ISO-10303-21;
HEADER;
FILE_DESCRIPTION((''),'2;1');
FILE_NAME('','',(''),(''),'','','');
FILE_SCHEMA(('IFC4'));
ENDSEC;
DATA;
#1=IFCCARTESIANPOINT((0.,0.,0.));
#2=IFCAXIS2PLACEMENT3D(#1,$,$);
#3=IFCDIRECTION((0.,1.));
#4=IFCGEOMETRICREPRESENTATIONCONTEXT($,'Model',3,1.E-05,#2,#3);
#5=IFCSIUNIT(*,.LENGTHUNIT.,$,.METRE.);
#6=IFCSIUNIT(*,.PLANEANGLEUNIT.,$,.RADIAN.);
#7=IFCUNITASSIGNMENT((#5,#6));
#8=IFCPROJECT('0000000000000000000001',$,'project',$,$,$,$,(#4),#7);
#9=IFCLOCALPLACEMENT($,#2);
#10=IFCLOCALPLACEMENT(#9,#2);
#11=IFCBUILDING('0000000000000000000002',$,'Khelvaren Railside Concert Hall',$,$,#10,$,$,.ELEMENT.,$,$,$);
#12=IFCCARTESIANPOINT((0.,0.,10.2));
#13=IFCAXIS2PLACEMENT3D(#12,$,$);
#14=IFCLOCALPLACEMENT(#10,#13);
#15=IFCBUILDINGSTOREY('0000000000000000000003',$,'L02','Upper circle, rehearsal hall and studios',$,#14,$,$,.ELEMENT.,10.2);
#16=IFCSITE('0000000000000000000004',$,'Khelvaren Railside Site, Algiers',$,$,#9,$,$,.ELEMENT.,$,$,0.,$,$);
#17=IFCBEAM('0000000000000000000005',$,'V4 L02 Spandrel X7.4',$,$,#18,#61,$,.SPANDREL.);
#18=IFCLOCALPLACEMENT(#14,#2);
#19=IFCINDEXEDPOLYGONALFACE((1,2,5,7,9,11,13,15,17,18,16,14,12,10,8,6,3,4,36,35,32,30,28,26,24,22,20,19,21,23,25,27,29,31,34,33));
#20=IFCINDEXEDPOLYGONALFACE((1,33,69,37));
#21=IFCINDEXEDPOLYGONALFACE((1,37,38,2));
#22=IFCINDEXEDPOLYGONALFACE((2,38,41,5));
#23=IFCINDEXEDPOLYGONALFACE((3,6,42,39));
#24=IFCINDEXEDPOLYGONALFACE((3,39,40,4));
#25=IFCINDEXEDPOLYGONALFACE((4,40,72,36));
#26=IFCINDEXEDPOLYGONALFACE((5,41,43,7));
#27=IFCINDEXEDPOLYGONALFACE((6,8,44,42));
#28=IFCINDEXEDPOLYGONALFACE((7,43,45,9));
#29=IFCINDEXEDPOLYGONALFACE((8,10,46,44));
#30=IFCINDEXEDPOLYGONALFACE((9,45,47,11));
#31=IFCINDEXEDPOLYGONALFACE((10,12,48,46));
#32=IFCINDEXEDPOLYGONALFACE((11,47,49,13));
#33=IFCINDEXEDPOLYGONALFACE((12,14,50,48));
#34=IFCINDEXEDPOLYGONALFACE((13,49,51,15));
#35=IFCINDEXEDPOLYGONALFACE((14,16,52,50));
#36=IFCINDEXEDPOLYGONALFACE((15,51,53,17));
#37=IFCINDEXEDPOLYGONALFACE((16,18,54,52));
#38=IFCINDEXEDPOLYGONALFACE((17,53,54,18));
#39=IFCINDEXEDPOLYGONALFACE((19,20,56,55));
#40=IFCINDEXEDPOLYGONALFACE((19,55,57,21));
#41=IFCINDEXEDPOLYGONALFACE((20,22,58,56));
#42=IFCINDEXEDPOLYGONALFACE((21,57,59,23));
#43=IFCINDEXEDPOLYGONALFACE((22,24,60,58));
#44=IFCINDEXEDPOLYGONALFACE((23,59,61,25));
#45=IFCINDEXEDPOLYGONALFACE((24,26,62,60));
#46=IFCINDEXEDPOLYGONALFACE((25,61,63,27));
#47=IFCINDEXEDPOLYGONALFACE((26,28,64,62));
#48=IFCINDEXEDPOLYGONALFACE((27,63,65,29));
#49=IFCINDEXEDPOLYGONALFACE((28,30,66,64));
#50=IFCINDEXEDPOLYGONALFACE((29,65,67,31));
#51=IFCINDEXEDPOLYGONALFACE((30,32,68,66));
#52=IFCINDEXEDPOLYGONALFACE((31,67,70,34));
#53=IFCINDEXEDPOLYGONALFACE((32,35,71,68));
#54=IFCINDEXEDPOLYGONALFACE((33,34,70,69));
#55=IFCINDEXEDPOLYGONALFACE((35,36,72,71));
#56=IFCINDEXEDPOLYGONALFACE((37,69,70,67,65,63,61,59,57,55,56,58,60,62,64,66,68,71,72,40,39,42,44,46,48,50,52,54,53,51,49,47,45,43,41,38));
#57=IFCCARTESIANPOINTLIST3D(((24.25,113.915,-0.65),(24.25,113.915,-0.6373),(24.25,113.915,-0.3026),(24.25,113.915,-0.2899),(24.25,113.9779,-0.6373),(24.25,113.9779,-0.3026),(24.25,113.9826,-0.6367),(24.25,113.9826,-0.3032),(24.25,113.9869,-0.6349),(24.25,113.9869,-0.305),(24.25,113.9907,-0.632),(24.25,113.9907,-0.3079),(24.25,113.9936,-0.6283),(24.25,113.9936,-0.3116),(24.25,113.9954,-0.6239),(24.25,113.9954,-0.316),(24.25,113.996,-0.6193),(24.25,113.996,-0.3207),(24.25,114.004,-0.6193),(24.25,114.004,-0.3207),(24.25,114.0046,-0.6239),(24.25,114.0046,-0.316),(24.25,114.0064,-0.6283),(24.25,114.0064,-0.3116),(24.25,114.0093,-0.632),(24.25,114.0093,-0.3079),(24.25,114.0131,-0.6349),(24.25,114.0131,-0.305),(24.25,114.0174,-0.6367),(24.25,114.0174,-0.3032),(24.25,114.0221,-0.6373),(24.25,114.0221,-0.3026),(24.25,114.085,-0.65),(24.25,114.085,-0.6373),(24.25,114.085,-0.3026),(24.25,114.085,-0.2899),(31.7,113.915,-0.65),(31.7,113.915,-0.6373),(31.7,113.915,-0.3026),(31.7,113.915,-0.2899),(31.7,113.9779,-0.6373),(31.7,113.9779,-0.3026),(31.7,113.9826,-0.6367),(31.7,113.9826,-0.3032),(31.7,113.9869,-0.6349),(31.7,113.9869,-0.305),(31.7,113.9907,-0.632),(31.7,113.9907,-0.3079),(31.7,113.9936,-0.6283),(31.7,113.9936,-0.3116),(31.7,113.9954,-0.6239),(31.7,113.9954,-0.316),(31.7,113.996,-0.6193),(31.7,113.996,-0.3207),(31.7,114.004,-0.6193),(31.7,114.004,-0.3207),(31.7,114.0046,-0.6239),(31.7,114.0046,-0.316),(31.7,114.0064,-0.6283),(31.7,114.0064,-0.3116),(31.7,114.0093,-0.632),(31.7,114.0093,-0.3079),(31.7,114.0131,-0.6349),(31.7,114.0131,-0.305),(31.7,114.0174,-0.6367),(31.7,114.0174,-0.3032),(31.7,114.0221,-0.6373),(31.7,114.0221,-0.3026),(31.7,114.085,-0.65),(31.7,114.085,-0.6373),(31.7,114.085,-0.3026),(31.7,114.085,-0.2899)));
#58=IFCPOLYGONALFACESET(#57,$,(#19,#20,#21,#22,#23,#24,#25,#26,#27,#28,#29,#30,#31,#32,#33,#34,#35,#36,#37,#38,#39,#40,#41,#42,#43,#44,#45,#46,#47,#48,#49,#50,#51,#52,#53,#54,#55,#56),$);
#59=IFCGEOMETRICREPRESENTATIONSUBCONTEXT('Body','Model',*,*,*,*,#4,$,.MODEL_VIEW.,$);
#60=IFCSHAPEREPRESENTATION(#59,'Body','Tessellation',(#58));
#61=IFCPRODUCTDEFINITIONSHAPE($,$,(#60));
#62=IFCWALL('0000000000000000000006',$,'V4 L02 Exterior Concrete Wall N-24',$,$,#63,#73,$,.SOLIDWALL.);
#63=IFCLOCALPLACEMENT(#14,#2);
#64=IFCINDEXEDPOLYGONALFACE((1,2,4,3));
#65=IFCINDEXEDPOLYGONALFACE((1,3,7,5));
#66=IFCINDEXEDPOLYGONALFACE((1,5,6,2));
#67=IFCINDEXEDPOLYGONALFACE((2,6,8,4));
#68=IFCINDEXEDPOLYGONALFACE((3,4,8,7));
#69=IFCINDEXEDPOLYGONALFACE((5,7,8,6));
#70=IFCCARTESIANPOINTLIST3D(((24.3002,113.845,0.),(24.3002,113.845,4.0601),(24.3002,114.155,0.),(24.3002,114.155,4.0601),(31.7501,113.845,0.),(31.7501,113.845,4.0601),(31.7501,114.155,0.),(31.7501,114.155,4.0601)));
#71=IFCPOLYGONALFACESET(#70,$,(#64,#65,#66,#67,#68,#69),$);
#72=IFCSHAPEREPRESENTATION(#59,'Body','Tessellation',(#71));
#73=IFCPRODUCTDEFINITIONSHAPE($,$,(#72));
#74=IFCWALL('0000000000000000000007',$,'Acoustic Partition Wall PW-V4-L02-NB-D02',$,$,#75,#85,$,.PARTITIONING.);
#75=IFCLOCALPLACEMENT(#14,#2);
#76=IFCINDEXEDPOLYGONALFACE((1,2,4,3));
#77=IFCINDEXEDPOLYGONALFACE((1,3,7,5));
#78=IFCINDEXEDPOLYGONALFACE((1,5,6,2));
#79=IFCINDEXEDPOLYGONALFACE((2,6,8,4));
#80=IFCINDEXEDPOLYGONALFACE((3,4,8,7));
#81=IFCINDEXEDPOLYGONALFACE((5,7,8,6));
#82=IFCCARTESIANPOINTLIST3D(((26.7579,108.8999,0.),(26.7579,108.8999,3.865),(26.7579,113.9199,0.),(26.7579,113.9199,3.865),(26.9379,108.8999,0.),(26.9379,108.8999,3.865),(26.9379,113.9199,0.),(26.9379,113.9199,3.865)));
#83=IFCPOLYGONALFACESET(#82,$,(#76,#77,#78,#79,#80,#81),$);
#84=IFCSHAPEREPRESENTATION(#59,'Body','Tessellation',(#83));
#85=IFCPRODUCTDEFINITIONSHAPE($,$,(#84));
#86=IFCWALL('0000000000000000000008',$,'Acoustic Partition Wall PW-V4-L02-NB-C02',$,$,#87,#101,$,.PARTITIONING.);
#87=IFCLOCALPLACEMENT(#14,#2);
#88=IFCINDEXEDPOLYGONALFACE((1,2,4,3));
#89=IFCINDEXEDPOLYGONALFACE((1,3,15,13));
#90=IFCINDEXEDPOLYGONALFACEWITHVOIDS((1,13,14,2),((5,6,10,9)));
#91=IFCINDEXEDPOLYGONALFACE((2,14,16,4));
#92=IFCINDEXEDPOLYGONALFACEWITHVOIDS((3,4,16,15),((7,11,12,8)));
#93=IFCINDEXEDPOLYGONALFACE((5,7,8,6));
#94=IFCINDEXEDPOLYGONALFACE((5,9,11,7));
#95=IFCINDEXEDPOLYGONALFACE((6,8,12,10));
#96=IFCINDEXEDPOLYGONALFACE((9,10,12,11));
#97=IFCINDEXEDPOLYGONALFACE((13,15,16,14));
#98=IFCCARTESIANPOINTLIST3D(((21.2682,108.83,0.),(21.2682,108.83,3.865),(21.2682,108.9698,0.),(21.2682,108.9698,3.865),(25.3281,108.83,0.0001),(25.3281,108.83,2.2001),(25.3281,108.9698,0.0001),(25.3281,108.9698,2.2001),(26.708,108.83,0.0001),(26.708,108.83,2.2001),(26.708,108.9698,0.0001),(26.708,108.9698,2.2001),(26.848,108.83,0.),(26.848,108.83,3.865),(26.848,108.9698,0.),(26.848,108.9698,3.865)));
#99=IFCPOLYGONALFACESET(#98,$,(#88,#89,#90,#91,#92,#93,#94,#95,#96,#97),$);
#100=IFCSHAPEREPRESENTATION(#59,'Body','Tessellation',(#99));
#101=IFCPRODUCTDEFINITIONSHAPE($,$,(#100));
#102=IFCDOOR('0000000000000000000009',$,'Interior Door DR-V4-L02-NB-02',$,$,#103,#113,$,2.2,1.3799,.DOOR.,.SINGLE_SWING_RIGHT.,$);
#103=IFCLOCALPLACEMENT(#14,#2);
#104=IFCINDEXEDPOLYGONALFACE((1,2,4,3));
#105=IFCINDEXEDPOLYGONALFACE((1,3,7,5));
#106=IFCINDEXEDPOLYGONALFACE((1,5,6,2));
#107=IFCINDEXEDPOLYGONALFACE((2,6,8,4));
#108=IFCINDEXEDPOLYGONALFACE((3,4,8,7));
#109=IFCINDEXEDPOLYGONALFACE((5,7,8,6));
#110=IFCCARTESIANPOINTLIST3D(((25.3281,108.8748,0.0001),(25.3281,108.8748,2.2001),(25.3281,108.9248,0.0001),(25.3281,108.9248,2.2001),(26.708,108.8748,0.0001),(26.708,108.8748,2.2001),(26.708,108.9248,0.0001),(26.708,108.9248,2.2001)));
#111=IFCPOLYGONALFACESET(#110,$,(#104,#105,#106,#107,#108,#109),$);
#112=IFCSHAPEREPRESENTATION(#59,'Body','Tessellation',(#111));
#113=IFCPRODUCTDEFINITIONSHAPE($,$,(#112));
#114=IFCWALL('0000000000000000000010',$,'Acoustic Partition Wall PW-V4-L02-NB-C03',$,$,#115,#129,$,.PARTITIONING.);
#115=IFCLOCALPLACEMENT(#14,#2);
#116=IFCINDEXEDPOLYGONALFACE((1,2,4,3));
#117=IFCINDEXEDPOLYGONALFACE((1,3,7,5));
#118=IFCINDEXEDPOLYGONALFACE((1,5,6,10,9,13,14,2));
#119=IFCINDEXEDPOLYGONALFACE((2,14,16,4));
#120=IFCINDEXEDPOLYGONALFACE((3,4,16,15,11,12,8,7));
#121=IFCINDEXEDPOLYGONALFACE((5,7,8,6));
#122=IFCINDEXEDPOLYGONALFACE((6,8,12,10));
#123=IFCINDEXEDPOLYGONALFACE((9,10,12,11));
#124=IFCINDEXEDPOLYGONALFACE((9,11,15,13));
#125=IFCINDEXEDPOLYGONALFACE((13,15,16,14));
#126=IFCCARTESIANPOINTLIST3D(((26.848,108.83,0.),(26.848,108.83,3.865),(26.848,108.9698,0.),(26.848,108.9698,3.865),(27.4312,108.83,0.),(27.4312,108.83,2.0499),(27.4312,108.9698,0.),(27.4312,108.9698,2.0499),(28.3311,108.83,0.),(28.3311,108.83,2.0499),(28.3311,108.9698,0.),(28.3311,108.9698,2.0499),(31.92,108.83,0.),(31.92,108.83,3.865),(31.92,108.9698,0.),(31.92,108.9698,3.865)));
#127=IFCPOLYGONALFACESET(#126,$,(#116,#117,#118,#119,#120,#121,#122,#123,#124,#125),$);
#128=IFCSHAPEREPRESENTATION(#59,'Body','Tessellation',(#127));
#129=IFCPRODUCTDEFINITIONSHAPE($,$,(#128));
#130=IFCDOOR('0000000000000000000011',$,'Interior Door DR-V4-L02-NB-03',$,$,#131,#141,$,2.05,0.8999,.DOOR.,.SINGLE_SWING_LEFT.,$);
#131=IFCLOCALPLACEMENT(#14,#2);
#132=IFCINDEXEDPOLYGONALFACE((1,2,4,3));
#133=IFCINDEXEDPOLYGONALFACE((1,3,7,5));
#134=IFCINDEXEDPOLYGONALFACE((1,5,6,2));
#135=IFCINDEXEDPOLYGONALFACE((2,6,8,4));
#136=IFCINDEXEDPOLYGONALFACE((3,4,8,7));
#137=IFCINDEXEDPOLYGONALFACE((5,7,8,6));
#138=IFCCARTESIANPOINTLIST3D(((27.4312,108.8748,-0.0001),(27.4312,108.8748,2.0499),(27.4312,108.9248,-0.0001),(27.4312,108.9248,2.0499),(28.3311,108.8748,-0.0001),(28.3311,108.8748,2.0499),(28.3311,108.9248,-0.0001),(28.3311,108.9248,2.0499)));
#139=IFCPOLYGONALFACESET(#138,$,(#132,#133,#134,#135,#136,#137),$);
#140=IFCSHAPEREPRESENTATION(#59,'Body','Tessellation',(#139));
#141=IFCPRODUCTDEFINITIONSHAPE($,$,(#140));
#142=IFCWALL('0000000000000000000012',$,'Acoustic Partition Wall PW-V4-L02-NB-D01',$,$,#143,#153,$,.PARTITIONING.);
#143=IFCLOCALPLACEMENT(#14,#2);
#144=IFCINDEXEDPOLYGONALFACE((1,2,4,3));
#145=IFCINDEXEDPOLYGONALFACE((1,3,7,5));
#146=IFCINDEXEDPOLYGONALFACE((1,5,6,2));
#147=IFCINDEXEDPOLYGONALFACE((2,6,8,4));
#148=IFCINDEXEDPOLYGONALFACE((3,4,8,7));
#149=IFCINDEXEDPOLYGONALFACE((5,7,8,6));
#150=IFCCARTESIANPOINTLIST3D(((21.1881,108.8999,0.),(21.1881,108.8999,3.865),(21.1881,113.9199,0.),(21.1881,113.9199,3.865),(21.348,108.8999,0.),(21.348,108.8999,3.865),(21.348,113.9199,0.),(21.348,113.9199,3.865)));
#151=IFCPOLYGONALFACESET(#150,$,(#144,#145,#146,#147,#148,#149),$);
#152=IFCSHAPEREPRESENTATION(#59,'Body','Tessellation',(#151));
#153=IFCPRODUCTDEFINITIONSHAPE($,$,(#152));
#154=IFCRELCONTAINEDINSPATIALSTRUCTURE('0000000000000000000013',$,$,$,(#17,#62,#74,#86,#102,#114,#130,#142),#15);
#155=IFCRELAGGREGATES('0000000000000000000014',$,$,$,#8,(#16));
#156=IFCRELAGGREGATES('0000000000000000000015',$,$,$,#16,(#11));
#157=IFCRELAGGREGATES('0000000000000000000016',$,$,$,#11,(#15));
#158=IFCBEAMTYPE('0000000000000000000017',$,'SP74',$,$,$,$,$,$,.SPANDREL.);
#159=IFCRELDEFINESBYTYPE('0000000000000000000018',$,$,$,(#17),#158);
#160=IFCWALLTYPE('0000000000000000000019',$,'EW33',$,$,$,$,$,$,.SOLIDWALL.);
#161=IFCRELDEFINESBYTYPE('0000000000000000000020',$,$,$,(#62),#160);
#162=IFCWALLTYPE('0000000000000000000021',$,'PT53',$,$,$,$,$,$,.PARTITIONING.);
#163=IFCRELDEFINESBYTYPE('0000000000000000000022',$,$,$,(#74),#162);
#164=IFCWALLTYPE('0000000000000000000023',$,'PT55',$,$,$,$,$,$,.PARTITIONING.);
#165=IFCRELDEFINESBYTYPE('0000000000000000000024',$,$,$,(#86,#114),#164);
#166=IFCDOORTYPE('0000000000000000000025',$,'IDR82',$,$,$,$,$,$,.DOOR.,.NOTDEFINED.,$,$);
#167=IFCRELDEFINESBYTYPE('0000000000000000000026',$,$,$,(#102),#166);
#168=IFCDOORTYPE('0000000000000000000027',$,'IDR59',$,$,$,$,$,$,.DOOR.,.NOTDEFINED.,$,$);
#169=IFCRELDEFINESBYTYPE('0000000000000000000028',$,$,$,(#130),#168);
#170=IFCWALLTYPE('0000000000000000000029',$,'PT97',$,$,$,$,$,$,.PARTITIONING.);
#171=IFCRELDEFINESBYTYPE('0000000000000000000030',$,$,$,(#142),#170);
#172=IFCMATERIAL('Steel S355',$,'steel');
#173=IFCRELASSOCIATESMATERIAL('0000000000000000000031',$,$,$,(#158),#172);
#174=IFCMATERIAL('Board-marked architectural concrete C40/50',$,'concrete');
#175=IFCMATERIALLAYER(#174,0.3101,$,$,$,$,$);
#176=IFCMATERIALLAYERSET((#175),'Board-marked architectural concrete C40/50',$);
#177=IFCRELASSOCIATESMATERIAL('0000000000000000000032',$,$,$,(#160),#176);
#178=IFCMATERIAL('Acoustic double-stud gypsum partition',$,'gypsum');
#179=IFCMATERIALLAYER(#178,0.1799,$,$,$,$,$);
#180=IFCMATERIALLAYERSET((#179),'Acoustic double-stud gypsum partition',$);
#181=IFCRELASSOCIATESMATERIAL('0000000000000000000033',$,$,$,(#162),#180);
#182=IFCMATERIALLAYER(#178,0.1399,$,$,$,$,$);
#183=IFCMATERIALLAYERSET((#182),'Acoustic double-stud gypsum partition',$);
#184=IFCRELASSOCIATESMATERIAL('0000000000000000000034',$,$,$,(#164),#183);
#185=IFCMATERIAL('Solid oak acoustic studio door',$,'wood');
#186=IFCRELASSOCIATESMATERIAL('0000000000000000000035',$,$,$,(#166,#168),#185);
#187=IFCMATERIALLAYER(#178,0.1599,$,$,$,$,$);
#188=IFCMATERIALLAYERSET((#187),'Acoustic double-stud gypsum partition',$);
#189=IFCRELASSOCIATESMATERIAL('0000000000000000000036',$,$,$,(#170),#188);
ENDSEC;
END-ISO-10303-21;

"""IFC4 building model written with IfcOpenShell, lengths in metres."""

from ifc_helpers import new_model, si_unit, direction, frame, frame_2d, origin, origin_2d, place, context, subcontext, project, spatial, rectangle, i_section, extrude, material, layer, layer_set, material_profile, profile_set, type_object, element, fill, save


model = new_model("IFC4")

# Units and contexts
model_context = context("Model", 3, precision=1e-05, world=origin(), true_north=direction((0.0, 1.0)))
body_context = subcontext(model_context, "Body", "Model", "MODEL_VIEW")
ifc_project = project(units=[si_unit("LENGTHUNIT", "METRE"), si_unit("PLANEANGLEUNIT", "RADIAN")], contexts=[model_context])

# Site, building, storey
site_placement = place(None, origin())
site = spatial("IfcSite", under=ifc_project, at=site_placement, Name="Khelvaren Railside Site, Algiers", CompositionType="ELEMENT", RefElevation=0.0)
building_placement = place(site_placement, origin())
building = spatial("IfcBuilding", under=site, at=building_placement, Name="Khelvaren Railside Concert Hall", CompositionType="ELEMENT")
storey_placement = place(building_placement, frame((0.0, 0.0, 10.2)))
storey = spatial("IfcBuildingStorey", under=building, at=storey_placement, Name="L02", Description="Upper circle, rehearsal hall and studios", CompositionType="ELEMENT", Elevation=10.2)

# Beam
ifc_material_1 = material(Name="Steel S355", Category="steel")
ifc_material_profile_1 = material_profile(ifc_material_1, i_section(OverallWidth=0.1699, OverallDepth=0.3601, WebThickness=0.0081, FlangeThickness=0.0127, FilletRadius=0.0181, at=origin_2d()), Name="IPE 360")
ifc_profile_set_1 = profile_set([ifc_material_profile_1], Name="Steel S355")
beam_type_1 = type_object("IfcBeamType", Name="SP74", PredefinedType="SPANDREL", material=ifc_profile_set_1)
beam_1_placement = place(storey_placement, frame((24.25, 114.0, -0.47), z_axis=(1.0, 0.0, 0.0), x_axis=(0.0, 1.0, 0.0)))
element("IfcBeam", 1, at=beam_1_placement, inside=storey, type_object=beam_type_1, Name="V4 L02 Spandrel X7.4", PredefinedType="SPANDREL", context=body_context, shape_type="SweptSolid", body=[
    extrude(i_section(OverallWidth=0.1699, OverallDepth=0.3601, WebThickness=0.0081, FlangeThickness=0.0127, FilletRadius=0.0181, at=origin_2d()), origin(), (0.0, 0.0, 1.0), 7.45),
])

# Walls
ifc_material_2 = material(Name="Board-marked architectural concrete C40/50", Category="concrete")
ifc_layer_1 = layer(ifc_material_2, 0.3101)
ifc_layer_set_1 = layer_set([ifc_layer_1], Name="Board-marked architectural concrete C40/50")
wall_type_1 = type_object("IfcWallType", Name="EW33", PredefinedType="SOLIDWALL", material=ifc_layer_set_1)
wall_1_placement = place(storey_placement, frame((24.3, 114.0, 0.0), z_axis=(0.0, 0.0, 1.0), x_axis=(1.0, 0.0, 0.0)))
element("IfcWall", 2, at=wall_1_placement, inside=storey, type_object=wall_type_1, Name="V4 L02 Exterior Concrete Wall N-24", PredefinedType="SOLIDWALL", context=body_context, shape_type="SweptSolid", body=[
    extrude(rectangle(XDim=7.45, YDim=0.3101, at=frame_2d((3.7251, 0.0))), origin(), (0.0, 0.0, 1.0), 4.0601),
])
ifc_material_3 = material(Name="Acoustic double-stud gypsum partition", Category="gypsum")
ifc_layer_2 = layer(ifc_material_3, 0.1799)
ifc_layer_set_2 = layer_set([ifc_layer_2], Name="Acoustic double-stud gypsum partition")
wall_type_2 = type_object("IfcWallType", Name="PT53", PredefinedType="PARTITIONING", material=ifc_layer_set_2)
wall_2_placement = place(storey_placement, frame((26.8479, 108.8999, 0.0), z_axis=(0.0, 0.0, 1.0), x_axis=(0.0, 1.0, 0.0)))
element("IfcWall", 3, at=wall_2_placement, inside=storey, type_object=wall_type_2, Name="Acoustic Partition Wall PW-V4-L02-NB-D02", PredefinedType="PARTITIONING", context=body_context, shape_type="SweptSolid", body=[
    extrude(rectangle(XDim=5.02, YDim=0.1799, at=frame_2d((2.51, 0.0))), origin(), (0.0, 0.0, 1.0), 3.865),
])

# Walls, openings, doors
ifc_layer_3 = layer(ifc_material_3, 0.1399)
ifc_layer_set_3 = layer_set([ifc_layer_3], Name="Acoustic double-stud gypsum partition")
wall_type_3 = type_object("IfcWallType", Name="PT55", PredefinedType="PARTITIONING", material=ifc_layer_set_3)
wall_3_placement = place(storey_placement, frame((21.2681, 108.8999, 0.0), z_axis=(0.0, 0.0, 1.0), x_axis=(1.0, 0.0, 0.0)))
wall_3 = element("IfcWall", 4, at=wall_3_placement, inside=storey, type_object=wall_type_3, Name="Acoustic Partition Wall PW-V4-L02-NB-C02", PredefinedType="PARTITIONING", context=body_context, shape_type="SweptSolid", body=[
    extrude(rectangle(XDim=5.5798, YDim=0.1399, at=frame_2d((2.79, 0.0))), origin(), (0.0, 0.0, 1.0), 3.865),
])
opening_1_placement = place(wall_3_placement, frame((4.0601, 0.0, 0.0)))
opening_1 = element("IfcOpeningElement", 5, at=opening_1_placement, cuts=wall_3, PredefinedType="OPENING", context=body_context, shape_type="SweptSolid", body=[
    extrude(rectangle(XDim=1.3799, YDim=2.2, at=frame_2d((0.6899, 1.1001))), frame((0.0, 0.0798, 0.0), z_axis=(0.0, -1.0, 0.0), x_axis=(1.0, 0.0, 0.0)), (0.0, 0.0, 1.0), 0.1599),
])
ifc_material_4 = material(Name="Solid oak acoustic studio door", Category="wood")
door_type_1 = type_object("IfcDoorType", Name="IDR82", OperationType="NOTDEFINED", PredefinedType="DOOR", material=ifc_material_4)
door_1_placement = place(opening_1_placement, origin())
door_1 = element("IfcDoor", 6, at=door_1_placement, inside=storey, type_object=door_type_1, Name="Interior Door DR-V4-L02-NB-02", OperationType="SINGLE_SWING_RIGHT", OverallHeight=2.2, OverallWidth=1.3799, PredefinedType="DOOR", context=body_context, shape_type="SweptSolid", body=[
    extrude(rectangle(XDim=1.3799, YDim=2.2, at=frame_2d((0.6899, 1.1001))), frame((0.0, 0.0249, 0.0), z_axis=(0.0, -1.0, 0.0), x_axis=(1.0, 0.0, 0.0)), (0.0, 0.0, 1.0), 0.05),
])
fill(opening_1, door_1)
wall_4_placement = place(storey_placement, frame((26.8479, 108.8999, 0.0), z_axis=(0.0, 0.0, 1.0), x_axis=(1.0, 0.0, 0.0)))
wall_4 = element("IfcWall", 7, at=wall_4_placement, inside=storey, type_object=wall_type_3, Name="Acoustic Partition Wall PW-V4-L02-NB-C03", PredefinedType="PARTITIONING", context=body_context, shape_type="SweptSolid", body=[
    extrude(rectangle(XDim=5.072, YDim=0.1399, at=frame_2d((2.5361, 0.0))), origin(), (0.0, 0.0, 1.0), 3.865),
])
opening_2_placement = place(wall_4_placement, frame((0.5833, 0.0, 0.0)))
opening_2 = element("IfcOpeningElement", 8, at=opening_2_placement, cuts=wall_4, PredefinedType="OPENING", context=body_context, shape_type="SweptSolid", body=[
    extrude(rectangle(XDim=0.8999, YDim=2.05, at=frame_2d((0.45, 1.0249))), frame((0.0, 0.0798, 0.0), z_axis=(0.0, -1.0, 0.0), x_axis=(1.0, 0.0, 0.0)), (0.0, 0.0, 1.0), 0.1599),
])
door_type_2 = type_object("IfcDoorType", Name="IDR59", OperationType="NOTDEFINED", PredefinedType="DOOR", material=ifc_material_4)
door_2_placement = place(opening_2_placement, origin())
door_2 = element("IfcDoor", 9, at=door_2_placement, inside=storey, type_object=door_type_2, Name="Interior Door DR-V4-L02-NB-03", OperationType="SINGLE_SWING_LEFT", OverallHeight=2.05, OverallWidth=0.8999, PredefinedType="DOOR", context=body_context, shape_type="SweptSolid", body=[
    extrude(rectangle(XDim=0.8999, YDim=2.05, at=frame_2d((0.45, 1.0249))), frame((0.0, 0.0249, 0.0), z_axis=(0.0, -1.0, 0.0), x_axis=(1.0, 0.0, 0.0)), (0.0, 0.0, 1.0), 0.05),
])
fill(opening_2, door_2)

# Wall
ifc_layer_4 = layer(ifc_material_3, 0.1599)
ifc_layer_set_4 = layer_set([ifc_layer_4], Name="Acoustic double-stud gypsum partition")
wall_type_4 = type_object("IfcWallType", Name="PT97", PredefinedType="PARTITIONING", material=ifc_layer_set_4)
wall_5_placement = place(storey_placement, frame((21.2681, 108.8999, 0.0), z_axis=(0.0, 0.0, 1.0), x_axis=(0.0, 1.0, 0.0)))
element("IfcWall", 10, at=wall_5_placement, inside=storey, type_object=wall_type_4, Name="Acoustic Partition Wall PW-V4-L02-NB-D01", PredefinedType="PARTITIONING", context=body_context, shape_type="SweptSolid", body=[
    extrude(rectangle(XDim=5.02, YDim=0.1599, at=frame_2d((2.51, 0.0))), origin(), (0.0, 0.0, 1.0), 3.865),
])

save(model, "model.ifc")
